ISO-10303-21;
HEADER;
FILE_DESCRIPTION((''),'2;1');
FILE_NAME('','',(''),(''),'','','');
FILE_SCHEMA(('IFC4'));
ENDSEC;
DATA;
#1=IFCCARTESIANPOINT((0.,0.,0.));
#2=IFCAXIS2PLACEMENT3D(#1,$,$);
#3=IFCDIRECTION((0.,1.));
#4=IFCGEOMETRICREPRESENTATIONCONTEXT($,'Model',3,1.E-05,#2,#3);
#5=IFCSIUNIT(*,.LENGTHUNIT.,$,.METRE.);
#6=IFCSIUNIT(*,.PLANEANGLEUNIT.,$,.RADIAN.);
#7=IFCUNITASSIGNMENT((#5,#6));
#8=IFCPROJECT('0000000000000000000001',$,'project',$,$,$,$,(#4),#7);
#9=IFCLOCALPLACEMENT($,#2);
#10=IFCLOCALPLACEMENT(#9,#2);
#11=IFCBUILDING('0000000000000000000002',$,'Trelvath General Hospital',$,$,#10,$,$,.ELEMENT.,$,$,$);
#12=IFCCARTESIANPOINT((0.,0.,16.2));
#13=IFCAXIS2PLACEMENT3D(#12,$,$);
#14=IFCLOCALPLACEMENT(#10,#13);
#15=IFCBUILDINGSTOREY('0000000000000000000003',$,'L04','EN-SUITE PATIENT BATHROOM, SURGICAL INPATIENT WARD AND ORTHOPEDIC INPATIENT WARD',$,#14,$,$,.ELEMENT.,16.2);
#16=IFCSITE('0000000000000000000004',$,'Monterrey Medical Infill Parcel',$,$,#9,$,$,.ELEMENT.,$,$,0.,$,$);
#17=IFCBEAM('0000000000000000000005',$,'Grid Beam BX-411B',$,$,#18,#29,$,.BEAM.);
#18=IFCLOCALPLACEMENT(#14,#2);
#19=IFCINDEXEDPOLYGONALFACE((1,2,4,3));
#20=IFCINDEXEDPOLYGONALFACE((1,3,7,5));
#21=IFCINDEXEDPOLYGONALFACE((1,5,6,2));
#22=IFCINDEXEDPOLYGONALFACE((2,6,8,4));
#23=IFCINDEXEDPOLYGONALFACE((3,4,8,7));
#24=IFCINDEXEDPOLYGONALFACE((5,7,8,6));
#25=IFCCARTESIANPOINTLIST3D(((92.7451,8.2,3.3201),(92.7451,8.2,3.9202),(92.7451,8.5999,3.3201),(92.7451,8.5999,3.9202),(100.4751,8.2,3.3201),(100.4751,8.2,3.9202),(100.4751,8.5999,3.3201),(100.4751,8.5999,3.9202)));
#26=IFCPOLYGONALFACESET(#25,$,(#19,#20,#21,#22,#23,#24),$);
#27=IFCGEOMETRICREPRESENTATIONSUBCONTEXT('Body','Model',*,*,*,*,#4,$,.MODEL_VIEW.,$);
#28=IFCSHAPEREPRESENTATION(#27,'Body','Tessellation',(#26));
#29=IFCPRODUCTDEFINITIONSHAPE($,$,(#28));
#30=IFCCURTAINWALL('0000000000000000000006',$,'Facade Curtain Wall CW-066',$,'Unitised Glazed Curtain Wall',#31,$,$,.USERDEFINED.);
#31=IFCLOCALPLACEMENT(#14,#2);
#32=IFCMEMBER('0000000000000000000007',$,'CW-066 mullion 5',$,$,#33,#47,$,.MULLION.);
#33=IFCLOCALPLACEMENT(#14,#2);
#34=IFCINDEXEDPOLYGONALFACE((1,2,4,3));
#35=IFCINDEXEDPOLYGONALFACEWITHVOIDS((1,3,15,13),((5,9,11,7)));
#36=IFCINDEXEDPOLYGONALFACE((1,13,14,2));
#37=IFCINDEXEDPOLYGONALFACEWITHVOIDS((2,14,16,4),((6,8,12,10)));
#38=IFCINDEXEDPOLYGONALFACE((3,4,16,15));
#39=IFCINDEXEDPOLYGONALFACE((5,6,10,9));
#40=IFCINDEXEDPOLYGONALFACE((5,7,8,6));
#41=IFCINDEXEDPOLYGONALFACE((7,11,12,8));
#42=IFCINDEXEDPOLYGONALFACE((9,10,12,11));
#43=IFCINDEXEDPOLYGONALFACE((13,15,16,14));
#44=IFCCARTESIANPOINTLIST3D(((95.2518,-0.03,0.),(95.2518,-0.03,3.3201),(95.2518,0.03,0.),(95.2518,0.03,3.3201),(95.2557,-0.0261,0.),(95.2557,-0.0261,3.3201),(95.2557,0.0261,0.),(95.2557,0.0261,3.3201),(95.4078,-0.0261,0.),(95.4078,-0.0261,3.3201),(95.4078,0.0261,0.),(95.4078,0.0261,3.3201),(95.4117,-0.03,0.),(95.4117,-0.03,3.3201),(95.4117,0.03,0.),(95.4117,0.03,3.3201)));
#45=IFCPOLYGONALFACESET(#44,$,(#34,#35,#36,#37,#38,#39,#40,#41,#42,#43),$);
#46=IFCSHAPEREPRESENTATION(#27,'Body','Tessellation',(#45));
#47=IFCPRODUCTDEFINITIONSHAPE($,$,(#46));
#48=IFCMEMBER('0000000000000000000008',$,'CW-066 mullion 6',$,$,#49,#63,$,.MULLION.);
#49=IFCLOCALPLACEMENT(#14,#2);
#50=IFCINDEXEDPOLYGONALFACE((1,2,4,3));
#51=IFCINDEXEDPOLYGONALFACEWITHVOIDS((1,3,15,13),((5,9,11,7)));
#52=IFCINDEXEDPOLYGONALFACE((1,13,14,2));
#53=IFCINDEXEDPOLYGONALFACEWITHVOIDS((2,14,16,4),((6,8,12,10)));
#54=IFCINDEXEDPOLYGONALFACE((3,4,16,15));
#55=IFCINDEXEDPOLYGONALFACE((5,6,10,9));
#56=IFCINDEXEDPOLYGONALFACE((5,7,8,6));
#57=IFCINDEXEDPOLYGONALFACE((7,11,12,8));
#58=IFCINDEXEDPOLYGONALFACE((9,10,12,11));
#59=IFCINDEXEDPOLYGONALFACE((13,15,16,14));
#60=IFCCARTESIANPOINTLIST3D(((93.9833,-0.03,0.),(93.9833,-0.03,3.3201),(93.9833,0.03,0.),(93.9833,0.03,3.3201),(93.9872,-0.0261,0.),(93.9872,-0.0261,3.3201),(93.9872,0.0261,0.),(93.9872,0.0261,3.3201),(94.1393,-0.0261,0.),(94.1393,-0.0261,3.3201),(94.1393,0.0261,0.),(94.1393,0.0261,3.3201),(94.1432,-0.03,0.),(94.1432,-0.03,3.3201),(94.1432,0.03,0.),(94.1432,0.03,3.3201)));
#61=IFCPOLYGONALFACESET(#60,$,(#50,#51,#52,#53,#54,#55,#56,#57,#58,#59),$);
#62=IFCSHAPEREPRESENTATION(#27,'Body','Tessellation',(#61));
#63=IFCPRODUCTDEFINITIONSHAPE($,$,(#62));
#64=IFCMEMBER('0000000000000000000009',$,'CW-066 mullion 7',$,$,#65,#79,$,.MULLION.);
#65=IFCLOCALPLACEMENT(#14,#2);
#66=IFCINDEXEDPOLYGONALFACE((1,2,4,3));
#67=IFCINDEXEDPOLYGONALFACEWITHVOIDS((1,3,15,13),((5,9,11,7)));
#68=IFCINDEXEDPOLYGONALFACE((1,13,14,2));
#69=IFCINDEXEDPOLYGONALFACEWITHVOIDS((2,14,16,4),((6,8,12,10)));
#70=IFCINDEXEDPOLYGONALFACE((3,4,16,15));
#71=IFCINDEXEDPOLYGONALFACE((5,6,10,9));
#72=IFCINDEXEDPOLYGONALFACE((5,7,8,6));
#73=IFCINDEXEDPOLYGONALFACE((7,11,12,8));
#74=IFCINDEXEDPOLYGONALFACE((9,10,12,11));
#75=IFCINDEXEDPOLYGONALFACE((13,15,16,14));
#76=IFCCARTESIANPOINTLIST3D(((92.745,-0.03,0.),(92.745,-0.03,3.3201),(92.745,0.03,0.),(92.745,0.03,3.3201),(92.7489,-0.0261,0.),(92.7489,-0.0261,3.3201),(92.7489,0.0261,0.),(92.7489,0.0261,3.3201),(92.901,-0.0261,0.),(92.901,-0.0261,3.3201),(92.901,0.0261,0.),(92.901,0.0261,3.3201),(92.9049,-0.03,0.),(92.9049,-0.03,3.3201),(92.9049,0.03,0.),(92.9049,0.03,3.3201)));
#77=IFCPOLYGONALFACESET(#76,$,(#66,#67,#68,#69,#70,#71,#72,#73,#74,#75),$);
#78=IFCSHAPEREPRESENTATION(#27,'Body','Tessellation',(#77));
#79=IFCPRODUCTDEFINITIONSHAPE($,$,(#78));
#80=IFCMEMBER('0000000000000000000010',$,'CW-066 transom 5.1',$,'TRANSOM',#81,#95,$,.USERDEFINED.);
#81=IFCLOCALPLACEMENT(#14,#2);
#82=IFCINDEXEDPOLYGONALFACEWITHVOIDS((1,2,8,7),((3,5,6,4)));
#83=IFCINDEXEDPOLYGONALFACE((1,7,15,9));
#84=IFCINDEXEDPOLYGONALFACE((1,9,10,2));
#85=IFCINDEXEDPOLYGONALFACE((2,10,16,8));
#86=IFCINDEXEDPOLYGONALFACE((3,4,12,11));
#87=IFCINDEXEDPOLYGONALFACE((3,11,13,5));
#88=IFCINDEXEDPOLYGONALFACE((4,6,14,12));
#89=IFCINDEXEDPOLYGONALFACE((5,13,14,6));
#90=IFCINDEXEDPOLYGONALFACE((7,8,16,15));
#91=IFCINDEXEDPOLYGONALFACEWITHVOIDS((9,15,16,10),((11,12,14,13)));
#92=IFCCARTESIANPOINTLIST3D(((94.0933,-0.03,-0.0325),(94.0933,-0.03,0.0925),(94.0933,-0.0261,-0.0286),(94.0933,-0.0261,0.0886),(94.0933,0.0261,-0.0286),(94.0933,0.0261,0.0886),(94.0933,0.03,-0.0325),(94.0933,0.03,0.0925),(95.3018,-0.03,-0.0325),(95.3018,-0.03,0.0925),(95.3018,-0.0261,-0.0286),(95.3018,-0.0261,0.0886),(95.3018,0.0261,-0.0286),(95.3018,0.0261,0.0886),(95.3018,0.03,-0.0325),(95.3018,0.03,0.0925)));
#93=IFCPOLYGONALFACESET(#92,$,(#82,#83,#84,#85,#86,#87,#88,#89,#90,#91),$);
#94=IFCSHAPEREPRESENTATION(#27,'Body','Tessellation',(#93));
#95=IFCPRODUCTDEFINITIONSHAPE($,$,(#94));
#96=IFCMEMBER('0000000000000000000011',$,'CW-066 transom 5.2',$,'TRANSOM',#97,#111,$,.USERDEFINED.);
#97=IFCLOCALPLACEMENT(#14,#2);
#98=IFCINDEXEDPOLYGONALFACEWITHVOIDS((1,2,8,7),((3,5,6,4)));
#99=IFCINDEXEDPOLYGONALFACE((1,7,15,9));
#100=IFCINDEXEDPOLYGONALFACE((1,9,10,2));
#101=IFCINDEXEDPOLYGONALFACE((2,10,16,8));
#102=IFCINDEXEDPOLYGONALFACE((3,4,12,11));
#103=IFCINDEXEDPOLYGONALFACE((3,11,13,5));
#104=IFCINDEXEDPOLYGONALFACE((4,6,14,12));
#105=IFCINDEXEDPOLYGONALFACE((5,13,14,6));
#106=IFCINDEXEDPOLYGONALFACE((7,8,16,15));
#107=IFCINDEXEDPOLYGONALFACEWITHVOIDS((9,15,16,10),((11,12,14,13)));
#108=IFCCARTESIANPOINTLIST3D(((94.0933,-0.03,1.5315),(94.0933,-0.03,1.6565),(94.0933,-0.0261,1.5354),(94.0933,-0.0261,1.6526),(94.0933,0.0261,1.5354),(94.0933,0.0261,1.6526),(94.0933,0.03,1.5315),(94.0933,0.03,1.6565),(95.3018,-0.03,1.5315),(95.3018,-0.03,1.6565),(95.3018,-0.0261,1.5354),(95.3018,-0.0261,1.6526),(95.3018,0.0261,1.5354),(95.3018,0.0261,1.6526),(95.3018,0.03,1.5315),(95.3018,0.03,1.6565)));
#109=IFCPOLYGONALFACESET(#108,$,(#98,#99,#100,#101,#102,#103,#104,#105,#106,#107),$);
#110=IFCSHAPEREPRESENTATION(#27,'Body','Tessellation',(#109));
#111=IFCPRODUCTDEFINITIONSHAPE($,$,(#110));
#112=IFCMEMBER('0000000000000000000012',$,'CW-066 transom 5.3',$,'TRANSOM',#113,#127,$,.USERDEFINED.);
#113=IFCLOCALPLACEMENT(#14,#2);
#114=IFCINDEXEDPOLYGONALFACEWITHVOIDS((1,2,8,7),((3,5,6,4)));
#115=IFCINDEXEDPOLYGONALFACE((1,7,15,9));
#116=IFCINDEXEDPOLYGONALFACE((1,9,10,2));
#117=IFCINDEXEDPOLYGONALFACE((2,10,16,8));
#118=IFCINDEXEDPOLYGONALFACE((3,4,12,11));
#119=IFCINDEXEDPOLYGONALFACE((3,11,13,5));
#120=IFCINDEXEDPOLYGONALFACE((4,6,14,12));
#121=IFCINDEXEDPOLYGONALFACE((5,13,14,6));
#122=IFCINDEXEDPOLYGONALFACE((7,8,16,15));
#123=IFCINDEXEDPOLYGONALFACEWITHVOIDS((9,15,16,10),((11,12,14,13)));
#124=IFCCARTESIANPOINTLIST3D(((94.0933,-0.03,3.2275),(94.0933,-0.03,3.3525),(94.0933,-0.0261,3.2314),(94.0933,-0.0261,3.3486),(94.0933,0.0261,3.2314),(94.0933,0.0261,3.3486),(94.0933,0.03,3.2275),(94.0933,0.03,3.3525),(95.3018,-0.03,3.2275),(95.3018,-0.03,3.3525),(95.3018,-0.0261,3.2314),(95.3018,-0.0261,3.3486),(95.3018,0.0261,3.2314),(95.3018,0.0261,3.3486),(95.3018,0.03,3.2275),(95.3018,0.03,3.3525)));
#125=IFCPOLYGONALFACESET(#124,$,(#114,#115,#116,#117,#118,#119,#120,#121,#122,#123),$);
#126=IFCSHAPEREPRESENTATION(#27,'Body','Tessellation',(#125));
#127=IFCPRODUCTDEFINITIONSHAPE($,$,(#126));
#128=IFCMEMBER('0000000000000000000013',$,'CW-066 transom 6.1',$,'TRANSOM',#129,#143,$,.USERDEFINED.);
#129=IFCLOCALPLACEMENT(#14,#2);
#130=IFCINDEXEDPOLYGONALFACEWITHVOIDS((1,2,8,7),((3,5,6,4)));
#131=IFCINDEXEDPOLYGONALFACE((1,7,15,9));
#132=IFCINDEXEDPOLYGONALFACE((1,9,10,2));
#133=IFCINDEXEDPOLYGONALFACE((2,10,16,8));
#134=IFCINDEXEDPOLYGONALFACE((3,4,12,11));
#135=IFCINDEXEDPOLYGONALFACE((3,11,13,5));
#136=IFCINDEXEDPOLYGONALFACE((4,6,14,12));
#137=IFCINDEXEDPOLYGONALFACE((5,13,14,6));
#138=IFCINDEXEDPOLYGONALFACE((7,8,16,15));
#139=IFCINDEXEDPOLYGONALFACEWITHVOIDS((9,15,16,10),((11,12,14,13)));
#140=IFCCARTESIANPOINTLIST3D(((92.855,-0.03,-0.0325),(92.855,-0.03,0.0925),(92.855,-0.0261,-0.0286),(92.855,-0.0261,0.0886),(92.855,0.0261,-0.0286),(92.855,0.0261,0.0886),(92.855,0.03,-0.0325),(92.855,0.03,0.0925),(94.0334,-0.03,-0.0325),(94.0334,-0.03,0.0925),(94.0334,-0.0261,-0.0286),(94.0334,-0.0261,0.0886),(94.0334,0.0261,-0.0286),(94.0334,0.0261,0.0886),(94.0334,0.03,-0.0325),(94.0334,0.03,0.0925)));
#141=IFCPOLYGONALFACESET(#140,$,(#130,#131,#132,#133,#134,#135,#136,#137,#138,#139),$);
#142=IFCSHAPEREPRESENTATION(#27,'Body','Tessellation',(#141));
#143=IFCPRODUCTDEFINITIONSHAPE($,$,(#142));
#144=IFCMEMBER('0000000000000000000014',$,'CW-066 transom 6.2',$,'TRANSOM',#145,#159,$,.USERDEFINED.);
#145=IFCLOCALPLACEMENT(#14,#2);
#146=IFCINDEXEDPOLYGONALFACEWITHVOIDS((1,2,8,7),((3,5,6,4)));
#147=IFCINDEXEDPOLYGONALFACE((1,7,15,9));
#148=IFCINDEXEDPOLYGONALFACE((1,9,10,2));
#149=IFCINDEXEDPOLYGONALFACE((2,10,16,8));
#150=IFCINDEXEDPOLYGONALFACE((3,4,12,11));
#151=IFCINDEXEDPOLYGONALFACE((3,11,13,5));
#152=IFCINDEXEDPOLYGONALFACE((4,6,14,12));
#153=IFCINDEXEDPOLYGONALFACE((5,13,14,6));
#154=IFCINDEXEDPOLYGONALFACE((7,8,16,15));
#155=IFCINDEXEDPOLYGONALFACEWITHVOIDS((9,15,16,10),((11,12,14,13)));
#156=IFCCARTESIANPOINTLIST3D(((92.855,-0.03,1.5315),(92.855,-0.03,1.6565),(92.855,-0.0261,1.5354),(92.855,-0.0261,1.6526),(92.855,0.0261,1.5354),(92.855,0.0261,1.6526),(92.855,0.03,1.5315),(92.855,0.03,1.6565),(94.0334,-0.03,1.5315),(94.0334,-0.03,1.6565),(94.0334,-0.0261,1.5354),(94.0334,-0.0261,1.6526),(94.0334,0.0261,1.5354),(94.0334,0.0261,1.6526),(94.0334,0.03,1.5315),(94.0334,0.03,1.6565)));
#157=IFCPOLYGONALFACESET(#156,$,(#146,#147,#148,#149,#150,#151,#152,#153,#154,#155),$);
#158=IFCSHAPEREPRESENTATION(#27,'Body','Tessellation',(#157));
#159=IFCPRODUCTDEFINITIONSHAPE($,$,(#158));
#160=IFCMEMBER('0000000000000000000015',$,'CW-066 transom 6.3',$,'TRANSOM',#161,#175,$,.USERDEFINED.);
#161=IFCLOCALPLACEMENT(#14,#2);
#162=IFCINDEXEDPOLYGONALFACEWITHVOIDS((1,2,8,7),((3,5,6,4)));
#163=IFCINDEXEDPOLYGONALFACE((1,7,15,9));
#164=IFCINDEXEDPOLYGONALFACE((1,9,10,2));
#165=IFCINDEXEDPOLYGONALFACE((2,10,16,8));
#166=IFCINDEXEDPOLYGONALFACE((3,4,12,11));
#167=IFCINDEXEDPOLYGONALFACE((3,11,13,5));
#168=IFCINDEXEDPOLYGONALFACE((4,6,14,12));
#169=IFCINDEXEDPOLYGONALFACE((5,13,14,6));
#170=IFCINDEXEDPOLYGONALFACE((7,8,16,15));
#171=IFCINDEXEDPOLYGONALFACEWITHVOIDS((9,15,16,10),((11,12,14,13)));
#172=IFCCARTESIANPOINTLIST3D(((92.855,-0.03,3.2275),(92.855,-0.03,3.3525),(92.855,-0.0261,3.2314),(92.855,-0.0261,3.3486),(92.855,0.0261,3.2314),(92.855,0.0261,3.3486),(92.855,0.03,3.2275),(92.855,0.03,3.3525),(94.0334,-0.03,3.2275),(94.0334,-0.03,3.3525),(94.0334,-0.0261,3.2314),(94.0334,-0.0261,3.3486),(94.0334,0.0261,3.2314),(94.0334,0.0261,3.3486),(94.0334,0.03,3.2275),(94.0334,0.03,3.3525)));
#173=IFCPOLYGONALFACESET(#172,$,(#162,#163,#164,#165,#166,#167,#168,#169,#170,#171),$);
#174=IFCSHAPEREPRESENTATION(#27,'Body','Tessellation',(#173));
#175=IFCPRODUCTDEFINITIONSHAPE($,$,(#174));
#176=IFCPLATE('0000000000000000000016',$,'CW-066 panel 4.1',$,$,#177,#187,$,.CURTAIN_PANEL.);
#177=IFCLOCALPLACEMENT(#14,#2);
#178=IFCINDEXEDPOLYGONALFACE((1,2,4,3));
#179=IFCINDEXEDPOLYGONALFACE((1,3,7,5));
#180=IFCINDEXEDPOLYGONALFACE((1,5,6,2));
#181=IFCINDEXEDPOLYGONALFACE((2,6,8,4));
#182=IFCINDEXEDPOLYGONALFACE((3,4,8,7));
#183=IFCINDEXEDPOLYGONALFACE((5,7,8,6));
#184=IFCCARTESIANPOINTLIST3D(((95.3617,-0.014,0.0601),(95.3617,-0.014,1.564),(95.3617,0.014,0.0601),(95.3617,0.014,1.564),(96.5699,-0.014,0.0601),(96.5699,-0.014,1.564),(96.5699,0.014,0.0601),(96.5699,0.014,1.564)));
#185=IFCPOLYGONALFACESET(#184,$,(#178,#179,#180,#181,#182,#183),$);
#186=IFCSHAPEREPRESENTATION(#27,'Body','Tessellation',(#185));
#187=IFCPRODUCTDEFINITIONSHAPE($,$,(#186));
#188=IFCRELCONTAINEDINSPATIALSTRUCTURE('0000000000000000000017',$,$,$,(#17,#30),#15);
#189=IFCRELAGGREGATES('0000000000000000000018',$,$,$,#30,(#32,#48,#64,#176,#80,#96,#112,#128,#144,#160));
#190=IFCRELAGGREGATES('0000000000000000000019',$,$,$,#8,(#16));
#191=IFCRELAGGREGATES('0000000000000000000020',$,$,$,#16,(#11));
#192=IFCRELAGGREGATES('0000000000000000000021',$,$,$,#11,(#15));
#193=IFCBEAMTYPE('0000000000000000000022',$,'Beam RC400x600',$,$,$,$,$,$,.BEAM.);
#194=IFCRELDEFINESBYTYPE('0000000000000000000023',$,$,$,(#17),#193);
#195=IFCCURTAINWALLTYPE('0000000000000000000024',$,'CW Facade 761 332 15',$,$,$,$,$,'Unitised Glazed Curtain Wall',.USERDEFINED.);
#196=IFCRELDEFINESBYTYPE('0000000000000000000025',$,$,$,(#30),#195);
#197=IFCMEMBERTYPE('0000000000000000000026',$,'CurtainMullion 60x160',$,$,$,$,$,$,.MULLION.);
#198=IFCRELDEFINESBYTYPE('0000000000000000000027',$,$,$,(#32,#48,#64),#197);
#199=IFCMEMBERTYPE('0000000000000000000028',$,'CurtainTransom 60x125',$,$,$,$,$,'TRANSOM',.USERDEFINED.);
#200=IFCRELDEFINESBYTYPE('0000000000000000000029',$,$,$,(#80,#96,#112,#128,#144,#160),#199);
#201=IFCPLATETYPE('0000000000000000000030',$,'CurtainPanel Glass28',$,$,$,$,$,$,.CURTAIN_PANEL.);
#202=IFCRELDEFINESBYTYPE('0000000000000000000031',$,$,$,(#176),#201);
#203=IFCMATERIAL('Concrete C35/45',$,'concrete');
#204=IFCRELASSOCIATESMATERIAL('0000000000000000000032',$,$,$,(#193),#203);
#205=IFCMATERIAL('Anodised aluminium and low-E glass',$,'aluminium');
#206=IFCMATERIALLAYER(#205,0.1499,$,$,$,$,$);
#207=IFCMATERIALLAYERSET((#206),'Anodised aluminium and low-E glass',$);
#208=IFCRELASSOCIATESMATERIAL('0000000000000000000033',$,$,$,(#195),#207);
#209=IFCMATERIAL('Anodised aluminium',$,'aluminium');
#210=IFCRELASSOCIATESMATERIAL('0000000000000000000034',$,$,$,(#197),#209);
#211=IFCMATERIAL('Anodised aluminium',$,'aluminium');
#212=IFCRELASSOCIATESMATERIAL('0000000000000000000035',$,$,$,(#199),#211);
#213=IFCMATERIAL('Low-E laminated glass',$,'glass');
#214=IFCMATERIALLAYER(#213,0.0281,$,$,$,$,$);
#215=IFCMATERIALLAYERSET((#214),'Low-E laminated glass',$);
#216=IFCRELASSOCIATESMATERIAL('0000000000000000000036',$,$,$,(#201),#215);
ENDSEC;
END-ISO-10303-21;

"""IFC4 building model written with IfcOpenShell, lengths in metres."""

from ifc_helpers import new_model, si_unit, direction, frame, origin, origin_2d, place, context, subcontext, project, spatial, rectangle, hollow_rectangle, extrude, material, layer, layer_set, material_profile, profile_set, type_object, element, aggregate, save


model = new_model("IFC4")

# Units and contexts
model_context = context("Model", 3, precision=1e-05, world=origin(), true_north=direction((0.0, 1.0)))
body_context = subcontext(model_context, "Body", "Model", "MODEL_VIEW")
ifc_project = project(units=[si_unit("LENGTHUNIT", "METRE"), si_unit("PLANEANGLEUNIT", "RADIAN")], contexts=[model_context])

# Site, building, storey
site_placement = place(None, origin())
site = spatial("IfcSite", under=ifc_project, at=site_placement, Name="Monterrey Medical Infill Parcel", CompositionType="ELEMENT", RefElevation=0.0)
building_placement = place(site_placement, origin())
building = spatial("IfcBuilding", under=site, at=building_placement, Name="Trelvath General Hospital", CompositionType="ELEMENT")
storey_placement = place(building_placement, frame((0.0, 0.0, 16.2)))
storey = spatial("IfcBuildingStorey", under=building, at=storey_placement, Name="L04", Description="EN-SUITE PATIENT BATHROOM, SURGICAL INPATIENT WARD AND ORTHOPEDIC INPATIENT WARD", CompositionType="ELEMENT", Elevation=16.2)

# Beam
ifc_material_1 = material(Name="Concrete C35/45", Category="concrete")
ifc_material_profile_1 = material_profile(ifc_material_1, rectangle(XDim=0.3999, YDim=0.6001, at=origin_2d()), Name="RCB400x600")
ifc_profile_set_1 = profile_set([ifc_material_profile_1], Name="Concrete C35/45")
beam_type = type_object("IfcBeamType", Name="Beam RC400x600", PredefinedType="BEAM", material=ifc_profile_set_1)
beam_placement = place(storey_placement, frame((92.7451, 8.3999, 3.6201), z_axis=(1.0, 0.0, 0.0), x_axis=(0.0, 1.0, 0.0)))
element("IfcBeam", 1, at=beam_placement, inside=storey, type_object=beam_type, Name="Grid Beam BX-411B", PredefinedType="BEAM", context=body_context, shape_type="SweptSolid", body=[
    extrude(rectangle(XDim=0.3999, YDim=0.6001, at=origin_2d()), origin(), (0.0, 0.0, 1.0), 7.73),
])

# Curtain wall, members, plate
ifc_material_2 = material(Name="Anodised aluminium and low-E glass", Category="aluminium")
ifc_layer_1 = layer(ifc_material_2, 0.1499)
ifc_layer_set_1 = layer_set([ifc_layer_1], Name="Anodised aluminium and low-E glass")
curtain_wall_type = type_object("IfcCurtainWallType", Name="CW Facade 761 332 15", ElementType="Unitised Glazed Curtain Wall", PredefinedType="USERDEFINED", material=ifc_layer_set_1)
curtain_wall_placement = place(storey_placement, origin())
curtain_wall = element("IfcCurtainWall", 2, at=curtain_wall_placement, inside=storey, type_object=curtain_wall_type, Name="Facade Curtain Wall CW-066", ObjectType="Unitised Glazed Curtain Wall", PredefinedType="USERDEFINED")
ifc_material_3 = material(Name="Anodised aluminium", Category="aluminium")
ifc_material_profile_2 = material_profile(ifc_material_3, hollow_rectangle(XDim=0.0601, YDim=0.1599, WallThickness=0.0039, at=origin_2d()), Name="RHS60x160x4")
ifc_profile_set_2 = profile_set([ifc_material_profile_2], Name="Anodised aluminium")
member_type_1 = type_object("IfcMemberType", Name="CurtainMullion 60x160", PredefinedType="MULLION", material=ifc_profile_set_2)
member_1_placement = place(storey_placement, frame((95.3318, 0.0, 0.0), z_axis=(0.0, 0.0, 1.0), x_axis=(0.0, -1.0, 0.0)))
member_1 = element("IfcMember", 3, at=member_1_placement, type_object=member_type_1, Name="CW-066 mullion 5", PredefinedType="MULLION", context=body_context, shape_type="SweptSolid", body=[
    extrude(hollow_rectangle(XDim=0.0601, YDim=0.1599, WallThickness=0.0039, at=origin_2d()), origin(), (0.0, 0.0, 1.0), 3.3201),
])
member_2_placement = place(storey_placement, frame((94.0632, 0.0, 0.0), z_axis=(0.0, 0.0, 1.0), x_axis=(0.0, -1.0, 0.0)))
member_2 = element("IfcMember", 4, at=member_2_placement, type_object=member_type_1, Name="CW-066 mullion 6", PredefinedType="MULLION", context=body_context, shape_type="SweptSolid", body=[
    extrude(hollow_rectangle(XDim=0.0601, YDim=0.1599, WallThickness=0.0039, at=origin_2d()), origin(), (0.0, 0.0, 1.0), 3.3201),
])
member_3_placement = place(storey_placement, frame((92.825, 0.0, 0.0), z_axis=(0.0, 0.0, 1.0), x_axis=(0.0, -1.0, 0.0)))
member_3 = element("IfcMember", 5, at=member_3_placement, type_object=member_type_1, Name="CW-066 mullion 7", PredefinedType="MULLION", context=body_context, shape_type="SweptSolid", body=[
    extrude(hollow_rectangle(XDim=0.0601, YDim=0.1599, WallThickness=0.0039, at=origin_2d()), origin(), (0.0, 0.0, 1.0), 3.3201),
])
ifc_material_4 = material(Name="Anodised aluminium", Category="aluminium")
ifc_material_profile_3 = material_profile(ifc_material_4, hollow_rectangle(XDim=0.0601, YDim=0.125, WallThickness=0.0039, at=origin_2d()), Name="RHS60x125x4")
ifc_profile_set_3 = profile_set([ifc_material_profile_3], Name="Anodised aluminium")
member_type_2 = type_object("IfcMemberType", Name="CurtainTransom 60x125", ElementType="TRANSOM", PredefinedType="USERDEFINED", material=ifc_profile_set_3)
member_4_placement = place(storey_placement, frame((95.3018, 0.0, 0.03), z_axis=(-1.0, 0.0, 0.0), x_axis=(0.0, -1.0, 0.0)))
member_4 = element("IfcMember", 6, at=member_4_placement, type_object=member_type_2, Name="CW-066 transom 5.1", ObjectType="TRANSOM", PredefinedType="USERDEFINED", context=body_context, shape_type="SweptSolid", body=[
    extrude(hollow_rectangle(XDim=0.0601, YDim=0.125, WallThickness=0.0039, at=origin_2d()), origin(), (0.0, 0.0, 1.0), 1.2085),
])
member_5_placement = place(storey_placement, frame((95.3018, 0.0, 1.594), z_axis=(-1.0, 0.0, 0.0), x_axis=(0.0, -1.0, 0.0)))
member_5 = element("IfcMember", 7, at=member_5_placement, type_object=member_type_2, Name="CW-066 transom 5.2", ObjectType="TRANSOM", PredefinedType="USERDEFINED", context=body_context, shape_type="SweptSolid", body=[
    extrude(hollow_rectangle(XDim=0.0601, YDim=0.125, WallThickness=0.0039, at=origin_2d()), origin(), (0.0, 0.0, 1.0), 1.2085),
])
member_6_placement = place(storey_placement, frame((95.3018, 0.0, 3.29), z_axis=(-1.0, 0.0, 0.0), x_axis=(0.0, -1.0, 0.0)))
member_6 = element("IfcMember", 8, at=member_6_placement, type_object=member_type_2, Name="CW-066 transom 5.3", ObjectType="TRANSOM", PredefinedType="USERDEFINED", context=body_context, shape_type="SweptSolid", body=[
    extrude(hollow_rectangle(XDim=0.0601, YDim=0.125, WallThickness=0.0039, at=origin_2d()), origin(), (0.0, 0.0, 1.0), 1.2085),
])
member_7_placement = place(storey_placement, frame((94.0334, 0.0, 0.03), z_axis=(-1.0, 0.0, 0.0), x_axis=(0.0, -1.0, 0.0)))
member_7 = element("IfcMember", 9, at=member_7_placement, type_object=member_type_2, Name="CW-066 transom 6.1", ObjectType="TRANSOM", PredefinedType="USERDEFINED", context=body_context, shape_type="SweptSolid", body=[
    extrude(hollow_rectangle(XDim=0.0601, YDim=0.125, WallThickness=0.0039, at=origin_2d()), origin(), (0.0, 0.0, 1.0), 1.1785),
])
member_8_placement = place(storey_placement, frame((94.0334, 0.0, 1.594), z_axis=(-1.0, 0.0, 0.0), x_axis=(0.0, -1.0, 0.0)))
member_8 = element("IfcMember", 10, at=member_8_placement, type_object=member_type_2, Name="CW-066 transom 6.2", ObjectType="TRANSOM", PredefinedType="USERDEFINED", context=body_context, shape_type="SweptSolid", body=[
    extrude(hollow_rectangle(XDim=0.0601, YDim=0.125, WallThickness=0.0039, at=origin_2d()), origin(), (0.0, 0.0, 1.0), 1.1785),
])
member_9_placement = place(storey_placement, frame((94.0334, 0.0, 3.29), z_axis=(-1.0, 0.0, 0.0), x_axis=(0.0, -1.0, 0.0)))
member_9 = element("IfcMember", 11, at=member_9_placement, type_object=member_type_2, Name="CW-066 transom 6.3", ObjectType="TRANSOM", PredefinedType="USERDEFINED", context=body_context, shape_type="SweptSolid", body=[
    extrude(hollow_rectangle(XDim=0.0601, YDim=0.125, WallThickness=0.0039, at=origin_2d()), origin(), (0.0, 0.0, 1.0), 1.1785),
])
ifc_material_5 = material(Name="Low-E laminated glass", Category="glass")
ifc_layer_2 = layer(ifc_material_5, 0.0281)
ifc_layer_set_2 = layer_set([ifc_layer_2], Name="Low-E laminated glass")
plate_type = type_object("IfcPlateType", Name="CurtainPanel Glass28", PredefinedType="CURTAIN_PANEL", material=ifc_layer_set_2)
plate_1_placement = place(storey_placement, frame((95.9658, 0.0, 0.0601), z_axis=(0.0, 0.0, 1.0), x_axis=(-1.0, 0.0, 0.0)))
plate_1 = element("IfcPlate", 12, at=plate_1_placement, type_object=plate_type, Name="CW-066 panel 4.1", PredefinedType="CURTAIN_PANEL", context=body_context, shape_type="SweptSolid", body=[
    extrude(rectangle(XDim=1.2083, YDim=0.0281, at=origin_2d()), origin(), (0.0, 0.0, 1.0), 1.5039),
])
aggregate(curtain_wall, [member_1, member_2, member_3, plate_1, member_4, member_5, member_6, member_7, member_8, member_9])

save(model, "model.ifc")
